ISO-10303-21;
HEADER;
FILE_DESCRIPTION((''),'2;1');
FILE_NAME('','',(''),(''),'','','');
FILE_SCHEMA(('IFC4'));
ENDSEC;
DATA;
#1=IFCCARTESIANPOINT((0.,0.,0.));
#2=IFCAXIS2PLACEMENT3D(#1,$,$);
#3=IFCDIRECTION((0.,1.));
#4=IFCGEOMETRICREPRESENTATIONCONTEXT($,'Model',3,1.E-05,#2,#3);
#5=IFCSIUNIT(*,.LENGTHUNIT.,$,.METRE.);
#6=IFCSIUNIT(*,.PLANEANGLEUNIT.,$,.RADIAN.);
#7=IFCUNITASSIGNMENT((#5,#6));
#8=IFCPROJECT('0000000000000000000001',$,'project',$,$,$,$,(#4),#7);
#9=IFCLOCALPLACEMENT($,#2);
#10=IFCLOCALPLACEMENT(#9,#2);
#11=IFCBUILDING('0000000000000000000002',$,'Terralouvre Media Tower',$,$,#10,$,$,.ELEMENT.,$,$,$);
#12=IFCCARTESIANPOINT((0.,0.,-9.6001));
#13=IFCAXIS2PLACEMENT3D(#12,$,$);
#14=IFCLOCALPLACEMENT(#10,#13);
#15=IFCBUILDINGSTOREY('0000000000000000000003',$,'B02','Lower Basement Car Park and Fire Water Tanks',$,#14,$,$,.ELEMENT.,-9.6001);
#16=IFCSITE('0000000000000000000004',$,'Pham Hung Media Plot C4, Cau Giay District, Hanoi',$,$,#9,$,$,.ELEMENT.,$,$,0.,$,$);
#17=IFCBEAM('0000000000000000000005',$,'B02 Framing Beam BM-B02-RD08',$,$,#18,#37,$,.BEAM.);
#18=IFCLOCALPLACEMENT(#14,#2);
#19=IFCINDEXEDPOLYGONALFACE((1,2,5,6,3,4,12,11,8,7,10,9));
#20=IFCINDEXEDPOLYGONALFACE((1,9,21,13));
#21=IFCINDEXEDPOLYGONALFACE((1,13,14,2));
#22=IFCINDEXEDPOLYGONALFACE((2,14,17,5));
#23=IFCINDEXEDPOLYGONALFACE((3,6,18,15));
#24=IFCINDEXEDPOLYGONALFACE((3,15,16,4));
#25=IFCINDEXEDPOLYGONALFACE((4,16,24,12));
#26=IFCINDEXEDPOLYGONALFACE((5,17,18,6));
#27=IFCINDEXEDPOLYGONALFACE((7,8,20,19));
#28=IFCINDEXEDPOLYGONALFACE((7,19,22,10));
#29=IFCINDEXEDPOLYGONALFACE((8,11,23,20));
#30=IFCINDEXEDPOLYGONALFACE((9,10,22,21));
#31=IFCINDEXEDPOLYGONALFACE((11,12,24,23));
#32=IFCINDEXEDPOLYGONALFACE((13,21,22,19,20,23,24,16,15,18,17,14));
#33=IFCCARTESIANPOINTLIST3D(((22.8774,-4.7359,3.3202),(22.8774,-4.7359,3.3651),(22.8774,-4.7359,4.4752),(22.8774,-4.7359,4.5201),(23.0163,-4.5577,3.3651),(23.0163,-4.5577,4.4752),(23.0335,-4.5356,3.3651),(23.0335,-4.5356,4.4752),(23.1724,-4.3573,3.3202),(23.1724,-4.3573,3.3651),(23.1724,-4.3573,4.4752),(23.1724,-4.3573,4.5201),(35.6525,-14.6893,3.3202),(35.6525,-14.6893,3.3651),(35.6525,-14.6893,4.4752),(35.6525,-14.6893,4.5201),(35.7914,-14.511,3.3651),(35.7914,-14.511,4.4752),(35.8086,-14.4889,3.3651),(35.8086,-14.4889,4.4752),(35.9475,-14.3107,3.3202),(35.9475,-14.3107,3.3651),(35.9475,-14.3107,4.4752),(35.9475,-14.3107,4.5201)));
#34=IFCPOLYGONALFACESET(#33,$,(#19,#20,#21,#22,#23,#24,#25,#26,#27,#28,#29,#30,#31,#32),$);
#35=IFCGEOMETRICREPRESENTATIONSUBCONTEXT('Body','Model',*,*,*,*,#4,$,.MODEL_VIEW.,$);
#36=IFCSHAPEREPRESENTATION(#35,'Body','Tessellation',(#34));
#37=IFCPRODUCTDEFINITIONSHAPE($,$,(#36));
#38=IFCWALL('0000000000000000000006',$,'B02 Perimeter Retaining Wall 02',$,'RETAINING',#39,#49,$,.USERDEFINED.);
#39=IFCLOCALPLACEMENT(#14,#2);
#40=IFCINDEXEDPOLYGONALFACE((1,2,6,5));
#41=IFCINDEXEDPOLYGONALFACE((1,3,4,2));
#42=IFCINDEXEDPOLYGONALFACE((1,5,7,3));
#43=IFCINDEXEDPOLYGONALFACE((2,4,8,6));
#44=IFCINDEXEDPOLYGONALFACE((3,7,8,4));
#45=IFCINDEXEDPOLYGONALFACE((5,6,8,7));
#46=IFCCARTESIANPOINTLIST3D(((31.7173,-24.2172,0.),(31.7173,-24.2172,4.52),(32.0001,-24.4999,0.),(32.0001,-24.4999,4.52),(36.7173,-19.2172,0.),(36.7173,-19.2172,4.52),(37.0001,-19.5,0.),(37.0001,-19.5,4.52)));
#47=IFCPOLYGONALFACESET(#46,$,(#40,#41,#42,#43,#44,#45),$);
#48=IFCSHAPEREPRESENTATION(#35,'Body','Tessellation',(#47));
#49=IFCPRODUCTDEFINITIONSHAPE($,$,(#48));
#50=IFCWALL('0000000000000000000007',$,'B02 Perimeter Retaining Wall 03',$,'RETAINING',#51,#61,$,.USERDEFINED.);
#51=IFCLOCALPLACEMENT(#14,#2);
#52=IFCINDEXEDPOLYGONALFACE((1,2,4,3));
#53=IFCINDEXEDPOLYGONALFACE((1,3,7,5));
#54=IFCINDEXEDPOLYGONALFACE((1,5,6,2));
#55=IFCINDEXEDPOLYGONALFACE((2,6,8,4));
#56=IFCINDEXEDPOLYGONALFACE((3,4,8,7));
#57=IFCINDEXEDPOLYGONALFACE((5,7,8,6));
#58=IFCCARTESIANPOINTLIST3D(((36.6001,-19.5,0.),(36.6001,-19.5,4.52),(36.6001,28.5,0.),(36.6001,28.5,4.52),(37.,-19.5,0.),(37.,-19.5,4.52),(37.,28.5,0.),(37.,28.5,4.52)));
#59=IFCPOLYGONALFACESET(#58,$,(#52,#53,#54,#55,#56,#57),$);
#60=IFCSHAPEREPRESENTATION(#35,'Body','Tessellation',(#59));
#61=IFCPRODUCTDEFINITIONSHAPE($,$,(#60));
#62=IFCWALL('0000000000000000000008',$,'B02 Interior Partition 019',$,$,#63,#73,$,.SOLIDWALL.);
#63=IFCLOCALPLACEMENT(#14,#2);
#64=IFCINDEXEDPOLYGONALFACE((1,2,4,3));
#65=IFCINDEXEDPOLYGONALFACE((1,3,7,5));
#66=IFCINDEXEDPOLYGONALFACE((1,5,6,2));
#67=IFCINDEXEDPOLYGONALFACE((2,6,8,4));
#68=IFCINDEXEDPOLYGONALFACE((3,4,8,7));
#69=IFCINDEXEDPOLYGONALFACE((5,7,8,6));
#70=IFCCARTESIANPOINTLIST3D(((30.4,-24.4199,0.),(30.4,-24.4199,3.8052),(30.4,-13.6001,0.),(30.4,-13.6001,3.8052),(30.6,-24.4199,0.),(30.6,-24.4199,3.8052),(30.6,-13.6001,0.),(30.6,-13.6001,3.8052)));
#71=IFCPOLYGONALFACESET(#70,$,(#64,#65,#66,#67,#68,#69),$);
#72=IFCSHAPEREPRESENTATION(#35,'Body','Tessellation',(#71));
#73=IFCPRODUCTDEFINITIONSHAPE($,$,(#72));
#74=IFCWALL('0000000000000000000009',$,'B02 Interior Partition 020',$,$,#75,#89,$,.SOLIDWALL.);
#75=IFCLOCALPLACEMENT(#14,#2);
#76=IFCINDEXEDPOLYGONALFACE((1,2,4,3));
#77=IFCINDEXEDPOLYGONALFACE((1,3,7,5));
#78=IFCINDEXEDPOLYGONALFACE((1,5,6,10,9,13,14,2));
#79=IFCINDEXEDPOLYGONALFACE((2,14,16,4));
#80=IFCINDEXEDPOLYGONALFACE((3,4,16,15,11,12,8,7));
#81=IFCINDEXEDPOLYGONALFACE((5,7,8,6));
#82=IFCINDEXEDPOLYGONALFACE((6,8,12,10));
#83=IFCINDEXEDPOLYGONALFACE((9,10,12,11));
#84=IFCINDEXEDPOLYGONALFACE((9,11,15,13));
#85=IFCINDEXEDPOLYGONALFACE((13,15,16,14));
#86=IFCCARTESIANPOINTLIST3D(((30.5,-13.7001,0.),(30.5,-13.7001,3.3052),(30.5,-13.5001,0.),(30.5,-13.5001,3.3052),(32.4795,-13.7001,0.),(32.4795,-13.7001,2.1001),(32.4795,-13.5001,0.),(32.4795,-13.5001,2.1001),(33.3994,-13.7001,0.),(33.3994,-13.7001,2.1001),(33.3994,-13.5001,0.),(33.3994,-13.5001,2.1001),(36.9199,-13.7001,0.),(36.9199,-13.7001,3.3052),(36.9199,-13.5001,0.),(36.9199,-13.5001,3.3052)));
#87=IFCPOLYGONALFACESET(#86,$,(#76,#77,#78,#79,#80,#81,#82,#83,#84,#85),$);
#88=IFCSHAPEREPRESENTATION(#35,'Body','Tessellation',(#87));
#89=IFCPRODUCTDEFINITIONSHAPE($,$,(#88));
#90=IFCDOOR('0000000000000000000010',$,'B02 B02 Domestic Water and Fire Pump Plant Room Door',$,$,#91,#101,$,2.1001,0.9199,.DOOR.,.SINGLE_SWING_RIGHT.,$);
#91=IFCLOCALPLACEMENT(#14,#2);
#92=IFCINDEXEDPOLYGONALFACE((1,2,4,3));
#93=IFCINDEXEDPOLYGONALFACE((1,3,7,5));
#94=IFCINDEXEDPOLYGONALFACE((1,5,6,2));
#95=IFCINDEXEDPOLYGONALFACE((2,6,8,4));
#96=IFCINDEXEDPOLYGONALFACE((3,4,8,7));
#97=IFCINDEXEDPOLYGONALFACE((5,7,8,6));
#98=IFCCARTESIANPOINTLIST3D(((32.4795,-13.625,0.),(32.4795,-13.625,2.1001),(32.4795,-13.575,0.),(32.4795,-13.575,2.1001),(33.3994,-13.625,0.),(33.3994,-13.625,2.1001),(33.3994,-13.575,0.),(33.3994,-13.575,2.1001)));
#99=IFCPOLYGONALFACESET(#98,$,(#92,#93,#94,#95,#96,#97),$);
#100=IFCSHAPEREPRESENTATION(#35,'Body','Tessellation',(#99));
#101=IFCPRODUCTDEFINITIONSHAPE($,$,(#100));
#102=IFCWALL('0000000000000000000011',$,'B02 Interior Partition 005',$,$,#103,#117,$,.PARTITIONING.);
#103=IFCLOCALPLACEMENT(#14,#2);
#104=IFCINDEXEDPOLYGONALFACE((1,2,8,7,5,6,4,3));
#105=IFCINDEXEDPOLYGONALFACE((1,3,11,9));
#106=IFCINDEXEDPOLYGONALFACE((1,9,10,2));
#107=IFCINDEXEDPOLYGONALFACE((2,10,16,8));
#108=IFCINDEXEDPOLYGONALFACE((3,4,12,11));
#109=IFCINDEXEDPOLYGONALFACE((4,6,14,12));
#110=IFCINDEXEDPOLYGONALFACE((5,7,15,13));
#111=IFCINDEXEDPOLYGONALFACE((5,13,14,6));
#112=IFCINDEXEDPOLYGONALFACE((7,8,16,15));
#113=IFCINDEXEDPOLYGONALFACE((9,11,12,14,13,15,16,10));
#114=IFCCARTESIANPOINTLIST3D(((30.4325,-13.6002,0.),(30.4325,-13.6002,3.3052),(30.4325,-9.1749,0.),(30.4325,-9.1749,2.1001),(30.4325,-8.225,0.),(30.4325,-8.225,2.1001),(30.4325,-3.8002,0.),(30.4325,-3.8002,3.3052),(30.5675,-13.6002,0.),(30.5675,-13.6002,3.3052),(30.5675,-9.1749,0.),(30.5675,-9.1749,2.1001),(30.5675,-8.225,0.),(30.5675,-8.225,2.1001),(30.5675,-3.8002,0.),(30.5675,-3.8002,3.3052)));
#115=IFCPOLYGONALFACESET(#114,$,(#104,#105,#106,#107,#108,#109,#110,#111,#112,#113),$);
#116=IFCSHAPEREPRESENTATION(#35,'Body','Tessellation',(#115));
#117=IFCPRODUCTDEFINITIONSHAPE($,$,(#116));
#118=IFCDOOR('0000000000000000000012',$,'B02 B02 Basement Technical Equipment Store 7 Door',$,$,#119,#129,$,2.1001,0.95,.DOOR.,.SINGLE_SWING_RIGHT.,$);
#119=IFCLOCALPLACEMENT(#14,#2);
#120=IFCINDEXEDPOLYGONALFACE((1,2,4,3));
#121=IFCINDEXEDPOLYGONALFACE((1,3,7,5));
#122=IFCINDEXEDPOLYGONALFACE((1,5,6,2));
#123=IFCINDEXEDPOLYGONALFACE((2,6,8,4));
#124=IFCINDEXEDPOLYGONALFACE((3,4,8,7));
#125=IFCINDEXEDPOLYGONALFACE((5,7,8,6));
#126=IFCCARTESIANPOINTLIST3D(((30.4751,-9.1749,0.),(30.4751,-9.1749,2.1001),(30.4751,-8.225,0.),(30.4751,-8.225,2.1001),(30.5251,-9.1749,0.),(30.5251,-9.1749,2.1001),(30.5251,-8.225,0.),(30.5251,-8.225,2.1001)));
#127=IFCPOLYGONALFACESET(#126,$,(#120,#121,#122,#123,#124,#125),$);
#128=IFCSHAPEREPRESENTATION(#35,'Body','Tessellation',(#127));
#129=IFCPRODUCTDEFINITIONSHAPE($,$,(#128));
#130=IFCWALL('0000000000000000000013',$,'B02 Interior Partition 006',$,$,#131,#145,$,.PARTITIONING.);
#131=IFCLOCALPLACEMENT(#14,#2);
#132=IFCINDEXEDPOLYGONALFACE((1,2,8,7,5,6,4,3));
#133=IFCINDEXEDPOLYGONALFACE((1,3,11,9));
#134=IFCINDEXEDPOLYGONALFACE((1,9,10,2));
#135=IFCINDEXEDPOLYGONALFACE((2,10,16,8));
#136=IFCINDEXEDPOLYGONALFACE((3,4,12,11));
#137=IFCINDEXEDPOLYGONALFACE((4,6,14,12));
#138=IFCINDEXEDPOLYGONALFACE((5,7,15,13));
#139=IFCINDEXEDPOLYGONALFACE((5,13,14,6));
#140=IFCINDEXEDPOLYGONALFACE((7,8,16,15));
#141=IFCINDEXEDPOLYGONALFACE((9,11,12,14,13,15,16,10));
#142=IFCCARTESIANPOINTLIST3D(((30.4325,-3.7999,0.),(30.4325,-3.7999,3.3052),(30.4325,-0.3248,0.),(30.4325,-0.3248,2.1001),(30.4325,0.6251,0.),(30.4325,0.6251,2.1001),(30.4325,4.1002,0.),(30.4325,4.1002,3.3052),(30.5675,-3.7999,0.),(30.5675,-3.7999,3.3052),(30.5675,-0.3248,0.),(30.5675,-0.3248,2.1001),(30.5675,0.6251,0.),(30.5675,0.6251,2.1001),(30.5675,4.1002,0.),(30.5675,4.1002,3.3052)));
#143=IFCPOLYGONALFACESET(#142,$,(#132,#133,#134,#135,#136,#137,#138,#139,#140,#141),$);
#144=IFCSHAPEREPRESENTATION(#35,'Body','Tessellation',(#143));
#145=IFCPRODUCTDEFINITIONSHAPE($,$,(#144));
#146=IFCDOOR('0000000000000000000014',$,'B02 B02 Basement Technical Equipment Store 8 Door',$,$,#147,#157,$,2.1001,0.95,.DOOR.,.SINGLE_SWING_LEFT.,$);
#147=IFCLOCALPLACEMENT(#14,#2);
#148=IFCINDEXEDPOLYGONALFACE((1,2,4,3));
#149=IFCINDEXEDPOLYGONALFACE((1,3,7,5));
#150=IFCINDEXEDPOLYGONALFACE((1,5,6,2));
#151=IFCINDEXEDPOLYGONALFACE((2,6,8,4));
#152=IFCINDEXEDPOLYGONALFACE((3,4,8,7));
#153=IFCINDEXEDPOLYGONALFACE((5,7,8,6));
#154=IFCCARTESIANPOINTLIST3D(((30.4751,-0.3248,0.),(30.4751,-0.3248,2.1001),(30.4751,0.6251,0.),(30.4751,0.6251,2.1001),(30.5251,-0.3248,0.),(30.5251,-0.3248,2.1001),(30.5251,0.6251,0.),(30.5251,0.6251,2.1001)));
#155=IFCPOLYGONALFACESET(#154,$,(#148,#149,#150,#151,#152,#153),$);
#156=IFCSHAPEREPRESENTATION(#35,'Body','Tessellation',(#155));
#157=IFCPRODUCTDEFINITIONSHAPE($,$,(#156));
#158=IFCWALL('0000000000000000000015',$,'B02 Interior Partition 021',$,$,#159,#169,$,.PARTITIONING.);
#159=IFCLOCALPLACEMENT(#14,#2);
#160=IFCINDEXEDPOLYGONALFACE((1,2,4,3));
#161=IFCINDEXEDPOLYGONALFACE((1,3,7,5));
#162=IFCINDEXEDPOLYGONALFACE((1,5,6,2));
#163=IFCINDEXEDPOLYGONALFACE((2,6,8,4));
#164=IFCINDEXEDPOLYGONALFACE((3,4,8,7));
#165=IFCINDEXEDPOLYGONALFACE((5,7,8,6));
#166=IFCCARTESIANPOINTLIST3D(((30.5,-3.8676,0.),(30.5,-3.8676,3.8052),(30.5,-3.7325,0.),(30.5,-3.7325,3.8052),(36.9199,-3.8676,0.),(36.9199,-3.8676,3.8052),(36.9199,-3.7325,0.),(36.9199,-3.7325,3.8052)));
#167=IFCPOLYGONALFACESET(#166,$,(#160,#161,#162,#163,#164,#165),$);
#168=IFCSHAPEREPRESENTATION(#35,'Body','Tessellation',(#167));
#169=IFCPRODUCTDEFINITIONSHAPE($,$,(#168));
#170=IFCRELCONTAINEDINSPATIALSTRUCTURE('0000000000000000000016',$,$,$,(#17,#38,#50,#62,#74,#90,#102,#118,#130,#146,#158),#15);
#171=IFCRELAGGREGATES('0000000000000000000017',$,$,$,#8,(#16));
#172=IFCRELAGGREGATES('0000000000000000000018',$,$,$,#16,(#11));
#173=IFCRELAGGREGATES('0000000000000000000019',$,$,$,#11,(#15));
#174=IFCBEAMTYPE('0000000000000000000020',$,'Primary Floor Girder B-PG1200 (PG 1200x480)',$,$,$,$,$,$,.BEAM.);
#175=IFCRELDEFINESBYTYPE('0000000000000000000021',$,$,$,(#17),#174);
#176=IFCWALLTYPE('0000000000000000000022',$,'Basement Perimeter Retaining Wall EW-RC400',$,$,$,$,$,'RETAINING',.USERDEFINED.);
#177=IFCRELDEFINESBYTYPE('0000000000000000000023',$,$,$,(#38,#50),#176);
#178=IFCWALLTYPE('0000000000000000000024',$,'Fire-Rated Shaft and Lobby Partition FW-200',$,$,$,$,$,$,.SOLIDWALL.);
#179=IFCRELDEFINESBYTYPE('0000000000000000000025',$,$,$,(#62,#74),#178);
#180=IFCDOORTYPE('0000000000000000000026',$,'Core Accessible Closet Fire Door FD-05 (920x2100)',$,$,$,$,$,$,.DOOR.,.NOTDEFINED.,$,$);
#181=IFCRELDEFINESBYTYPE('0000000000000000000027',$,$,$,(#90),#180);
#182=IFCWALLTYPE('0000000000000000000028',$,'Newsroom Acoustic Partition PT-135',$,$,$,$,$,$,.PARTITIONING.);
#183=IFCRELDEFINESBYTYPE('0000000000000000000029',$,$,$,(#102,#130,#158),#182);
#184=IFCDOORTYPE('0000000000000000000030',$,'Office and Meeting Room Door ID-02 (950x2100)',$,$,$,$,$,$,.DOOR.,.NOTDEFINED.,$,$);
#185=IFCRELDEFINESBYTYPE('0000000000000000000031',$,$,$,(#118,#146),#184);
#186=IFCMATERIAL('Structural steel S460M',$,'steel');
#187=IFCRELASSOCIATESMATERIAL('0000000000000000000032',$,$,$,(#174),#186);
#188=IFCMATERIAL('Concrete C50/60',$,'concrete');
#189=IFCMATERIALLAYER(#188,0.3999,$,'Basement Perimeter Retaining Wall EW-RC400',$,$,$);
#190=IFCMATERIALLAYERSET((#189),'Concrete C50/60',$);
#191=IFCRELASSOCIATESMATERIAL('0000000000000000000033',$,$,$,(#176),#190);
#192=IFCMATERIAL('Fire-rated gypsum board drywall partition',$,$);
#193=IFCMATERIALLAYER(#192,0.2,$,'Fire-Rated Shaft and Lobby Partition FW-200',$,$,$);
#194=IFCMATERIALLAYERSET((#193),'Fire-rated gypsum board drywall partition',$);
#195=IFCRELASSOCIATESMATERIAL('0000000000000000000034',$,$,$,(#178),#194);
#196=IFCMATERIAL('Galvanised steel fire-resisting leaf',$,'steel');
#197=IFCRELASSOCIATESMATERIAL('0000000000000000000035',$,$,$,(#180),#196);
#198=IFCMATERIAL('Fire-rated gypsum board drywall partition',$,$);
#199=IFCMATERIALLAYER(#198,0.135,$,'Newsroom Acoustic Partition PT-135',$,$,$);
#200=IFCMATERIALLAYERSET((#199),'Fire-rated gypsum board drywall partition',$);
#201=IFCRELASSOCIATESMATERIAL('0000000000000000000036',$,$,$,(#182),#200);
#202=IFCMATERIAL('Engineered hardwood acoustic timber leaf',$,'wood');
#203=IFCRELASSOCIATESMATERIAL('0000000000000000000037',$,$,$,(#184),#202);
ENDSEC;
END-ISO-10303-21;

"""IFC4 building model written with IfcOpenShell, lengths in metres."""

from ifc_helpers import new_model, si_unit, direction, frame, frame_2d, origin, origin_2d, place, context, subcontext, project, spatial, rectangle, i_section, extrude, material, layer, layer_set, material_profile, profile_set, type_object, element, fill, save


model = new_model("IFC4")

# Units and contexts
model_context = context("Model", 3, precision=1e-05, world=origin(), true_north=direction((0.0, 1.0)))
body_context = subcontext(model_context, "Body", "Model", "MODEL_VIEW")
ifc_project = project(units=[si_unit("LENGTHUNIT", "METRE"), si_unit("PLANEANGLEUNIT", "RADIAN")], contexts=[model_context])

# Site, building, storey
site_placement = place(None, origin())
site = spatial("IfcSite", under=ifc_project, at=site_placement, Name="Pham Hung Media Plot C4, Cau Giay District, Hanoi", CompositionType="ELEMENT", RefElevation=0.0)
building_placement = place(site_placement, origin())
building = spatial("IfcBuilding", under=site, at=building_placement, Name="Terralouvre Media Tower", CompositionType="ELEMENT")
storey_placement = place(building_placement, frame((0.0, 0.0, -9.6001)))
storey = spatial("IfcBuildingStorey", under=building, at=storey_placement, Name="B02", Description="Lower Basement Car Park and Fire Water Tanks", CompositionType="ELEMENT", Elevation=-9.6001)

# Beam
ifc_material_1 = material(Name="Structural steel S460M", Category="steel")
ifc_material_profile_1 = material_profile(ifc_material_1, i_section(OverallWidth=0.48, OverallDepth=1.2, WebThickness=0.0281, FlangeThickness=0.0449, at=origin_2d()), Name="PG 1200x480")
ifc_profile_set_1 = profile_set([ifc_material_profile_1], Name="Structural steel S460M")
beam_type_1 = type_object("IfcBeamType", Name="Primary Floor Girder B-PG1200 (PG 1200x480)", PredefinedType="BEAM", material=ifc_profile_set_1)
beam_1_placement = place(storey_placement, frame((23.0249, -4.5466, 3.9202), z_axis=(0.788839, -0.6146, 0.0), x_axis=(0.6146, 0.788839, 0.0)))
element("IfcBeam", 1, at=beam_1_placement, inside=storey, type_object=beam_type_1, Name="B02 Framing Beam BM-B02-RD08", PredefinedType="BEAM", context=body_context, shape_type="SweptSolid", body=[
    extrude(i_section(OverallWidth=0.48, OverallDepth=1.2, WebThickness=0.0281, FlangeThickness=0.0449, at=origin_2d()), origin(), (0.0, 0.0, 1.0), 16.1948),
])

# Walls
ifc_material_2 = material(Name="Concrete C50/60", Category="concrete")
ifc_layer_1 = layer(ifc_material_2, 0.3999, Name="Basement Perimeter Retaining Wall EW-RC400")
ifc_layer_set_1 = layer_set([ifc_layer_1], Name="Concrete C50/60")
wall_type_1 = type_object("IfcWallType", Name="Basement Perimeter Retaining Wall EW-RC400", ElementType="RETAINING", PredefinedType="USERDEFINED", material=ifc_layer_set_1)
wall_1_placement = place(storey_placement, frame((31.8586, -24.3586, 0.0), z_axis=(0.0, 0.0, 1.0), x_axis=(0.707107, 0.707107, 0.0)))
element("IfcWall", 2, at=wall_1_placement, inside=storey, type_object=wall_type_1, Name="B02 Perimeter Retaining Wall 02", ObjectType="RETAINING", PredefinedType="USERDEFINED", context=body_context, shape_type="SweptSolid", body=[
    extrude(rectangle(XDim=7.071, YDim=0.3999, at=frame_2d((3.5356, 0.0))), origin(), (0.0, 0.0, 1.0), 4.52),
])
wall_2_placement = place(storey_placement, frame((36.8, -19.5, 0.0), z_axis=(0.0, 0.0, 1.0), x_axis=(0.0, 1.0, 0.0)))
element("IfcWall", 3, at=wall_2_placement, inside=storey, type_object=wall_type_1, Name="B02 Perimeter Retaining Wall 03", ObjectType="RETAINING", PredefinedType="USERDEFINED", context=body_context, shape_type="SweptSolid", body=[
    extrude(rectangle(XDim=48.0, YDim=0.3999, at=frame_2d((24.0, 0.0))), origin(), (0.0, 0.0, 1.0), 4.52),
])
ifc_material_3 = material(Name="Fire-rated gypsum board drywall partition")
ifc_layer_2 = layer(ifc_material_3, 0.2, Name="Fire-Rated Shaft and Lobby Partition FW-200")
ifc_layer_set_2 = layer_set([ifc_layer_2], Name="Fire-rated gypsum board drywall partition")
wall_type_2 = type_object("IfcWallType", Name="Fire-Rated Shaft and Lobby Partition FW-200", PredefinedType="SOLIDWALL", material=ifc_layer_set_2)
wall_3_placement = place(storey_placement, frame((30.5, -24.4199, 0.0), z_axis=(0.0, 0.0, 1.0), x_axis=(0.0, 1.0, 0.0)))
element("IfcWall", 4, at=wall_3_placement, inside=storey, type_object=wall_type_2, Name="B02 Interior Partition 019", PredefinedType="SOLIDWALL", context=body_context, shape_type="SweptSolid", body=[
    extrude(rectangle(XDim=10.8198, YDim=0.2, at=frame_2d((5.4099, 0.0))), origin(), (0.0, 0.0, 1.0), 3.8052),
])

# Walls, openings, doors
wall_4_placement = place(storey_placement, frame((36.9199, -13.6001, 0.0), z_axis=(0.0, 0.0, 1.0), x_axis=(-1.0, 0.0, 0.0)))
wall_4 = element("IfcWall", 5, at=wall_4_placement, inside=storey, type_object=wall_type_2, Name="B02 Interior Partition 020", PredefinedType="SOLIDWALL", context=body_context, shape_type="SweptSolid", body=[
    extrude(rectangle(XDim=6.4199, YDim=0.2, at=frame_2d((3.21, 0.0))), origin(), (0.0, 0.0, 1.0), 3.3052),
])
opening_1_placement = place(wall_4_placement, frame((3.5205, 0.0, 0.0)))
opening_1 = element("IfcOpeningElement", 6, at=opening_1_placement, cuts=wall_4, PredefinedType="OPENING", context=body_context, shape_type="SweptSolid", body=[
    extrude(rectangle(XDim=0.9199, YDim=2.1001, at=frame_2d((0.46, 1.05))), frame((0.0, 0.1099, 0.0), z_axis=(0.0, -1.0, 0.0), x_axis=(1.0, 0.0, 0.0)), (0.0, 0.0, 1.0), 0.22),
])
ifc_material_4 = material(Name="Galvanised steel fire-resisting leaf", Category="steel")
door_type_1 = type_object("IfcDoorType", Name="Core Accessible Closet Fire Door FD-05 (920x2100)", OperationType="NOTDEFINED", PredefinedType="DOOR", material=ifc_material_4)
door_1_placement = place(opening_1_placement, origin())
door_1 = element("IfcDoor", 7, at=door_1_placement, inside=storey, type_object=door_type_1, Name="B02 B02 Domestic Water and Fire Pump Plant Room Door", OperationType="SINGLE_SWING_RIGHT", OverallHeight=2.1001, OverallWidth=0.9199, PredefinedType="DOOR", context=body_context, shape_type="SweptSolid", body=[
    extrude(rectangle(XDim=0.9199, YDim=2.1001, at=frame_2d((0.46, 1.05))), frame((0.0, 0.0249, 0.0), z_axis=(0.0, -1.0, 0.0), x_axis=(1.0, 0.0, 0.0)), (0.0, 0.0, 1.0), 0.05),
])
fill(opening_1, door_1)
ifc_material_5 = material(Name="Fire-rated gypsum board drywall partition")
ifc_layer_3 = layer(ifc_material_5, 0.135, Name="Newsroom Acoustic Partition PT-135")
ifc_layer_set_3 = layer_set([ifc_layer_3], Name="Fire-rated gypsum board drywall partition")
wall_type_3 = type_object("IfcWallType", Name="Newsroom Acoustic Partition PT-135", PredefinedType="PARTITIONING", material=ifc_layer_set_3)
wall_5_placement = place(storey_placement, frame((30.5, -13.6001, 0.0), z_axis=(0.0, 0.0, 1.0), x_axis=(0.0, 1.0, 0.0)))
wall_5 = element("IfcWall", 8, at=wall_5_placement, inside=storey, type_object=wall_type_3, Name="B02 Interior Partition 005", PredefinedType="PARTITIONING", context=body_context, shape_type="SweptSolid", body=[
    extrude(rectangle(XDim=9.8, YDim=0.135, at=frame_2d((4.8999, 0.0))), origin(), (0.0, 0.0, 1.0), 3.3052),
])
opening_2_placement = place(wall_5_placement, frame((4.425, 0.0, 0.0)))
opening_2 = element("IfcOpeningElement", 9, at=opening_2_placement, cuts=wall_5, PredefinedType="OPENING", context=body_context, shape_type="SweptSolid", body=[
    extrude(rectangle(XDim=0.95, YDim=2.1001, at=frame_2d((0.4751, 1.05))), frame((0.0, 0.0774, 0.0), z_axis=(0.0, -1.0, 0.0), x_axis=(1.0, 0.0, 0.0)), (0.0, 0.0, 1.0), 0.155),
])
ifc_material_6 = material(Name="Engineered hardwood acoustic timber leaf", Category="wood")
door_type_2 = type_object("IfcDoorType", Name="Office and Meeting Room Door ID-02 (950x2100)", OperationType="NOTDEFINED", PredefinedType="DOOR", material=ifc_material_6)
door_2_placement = place(opening_2_placement, origin())
door_2 = element("IfcDoor", 10, at=door_2_placement, inside=storey, type_object=door_type_2, Name="B02 B02 Basement Technical Equipment Store 7 Door", OperationType="SINGLE_SWING_RIGHT", OverallHeight=2.1001, OverallWidth=0.95, PredefinedType="DOOR", context=body_context, shape_type="SweptSolid", body=[
    extrude(rectangle(XDim=0.95, YDim=2.1001, at=frame_2d((0.4751, 1.05))), frame((0.0, 0.0249, 0.0), z_axis=(0.0, -1.0, 0.0), x_axis=(1.0, 0.0, 0.0)), (0.0, 0.0, 1.0), 0.05),
])
fill(opening_2, door_2)
wall_6_placement = place(storey_placement, frame((30.5, -3.8, 0.0), z_axis=(0.0, 0.0, 1.0), x_axis=(0.0, 1.0, 0.0)))
wall_6 = element("IfcWall", 11, at=wall_6_placement, inside=storey, type_object=wall_type_3, Name="B02 Interior Partition 006", PredefinedType="PARTITIONING", context=body_context, shape_type="SweptSolid", body=[
    extrude(rectangle(XDim=7.9001, YDim=0.135, at=frame_2d((3.9502, 0.0))), origin(), (0.0, 0.0, 1.0), 3.3052),
])
opening_3_placement = place(wall_6_placement, frame((3.4751, 0.0, 0.0)))
opening_3 = element("IfcOpeningElement", 12, at=opening_3_placement, cuts=wall_6, PredefinedType="OPENING", context=body_context, shape_type="SweptSolid", body=[
    extrude(rectangle(XDim=0.95, YDim=2.1001, at=frame_2d((0.4751, 1.05))), frame((0.0, 0.0774, 0.0), z_axis=(0.0, -1.0, 0.0), x_axis=(1.0, 0.0, 0.0)), (0.0, 0.0, 1.0), 0.155),
])
door_3_placement = place(opening_3_placement, origin())
door_3 = element("IfcDoor", 13, at=door_3_placement, inside=storey, type_object=door_type_2, Name="B02 B02 Basement Technical Equipment Store 8 Door", OperationType="SINGLE_SWING_LEFT", OverallHeight=2.1001, OverallWidth=0.95, PredefinedType="DOOR", context=body_context, shape_type="SweptSolid", body=[
    extrude(rectangle(XDim=0.95, YDim=2.1001, at=frame_2d((0.4751, 1.05))), frame((0.0, 0.0249, 0.0), z_axis=(0.0, -1.0, 0.0), x_axis=(1.0, 0.0, 0.0)), (0.0, 0.0, 1.0), 0.05),
])
fill(opening_3, door_3)

# Wall
wall_7_placement = place(storey_placement, frame((36.9199, -3.8, 0.0), z_axis=(0.0, 0.0, 1.0), x_axis=(-1.0, 0.0, 0.0)))
element("IfcWall", 14, at=wall_7_placement, inside=storey, type_object=wall_type_3, Name="B02 Interior Partition 021", PredefinedType="PARTITIONING", context=body_context, shape_type="SweptSolid", body=[
    extrude(rectangle(XDim=6.4199, YDim=0.135, at=frame_2d((3.21, 0.0))), origin(), (0.0, 0.0, 1.0), 3.8052),
])

save(model, "model.ifc")
